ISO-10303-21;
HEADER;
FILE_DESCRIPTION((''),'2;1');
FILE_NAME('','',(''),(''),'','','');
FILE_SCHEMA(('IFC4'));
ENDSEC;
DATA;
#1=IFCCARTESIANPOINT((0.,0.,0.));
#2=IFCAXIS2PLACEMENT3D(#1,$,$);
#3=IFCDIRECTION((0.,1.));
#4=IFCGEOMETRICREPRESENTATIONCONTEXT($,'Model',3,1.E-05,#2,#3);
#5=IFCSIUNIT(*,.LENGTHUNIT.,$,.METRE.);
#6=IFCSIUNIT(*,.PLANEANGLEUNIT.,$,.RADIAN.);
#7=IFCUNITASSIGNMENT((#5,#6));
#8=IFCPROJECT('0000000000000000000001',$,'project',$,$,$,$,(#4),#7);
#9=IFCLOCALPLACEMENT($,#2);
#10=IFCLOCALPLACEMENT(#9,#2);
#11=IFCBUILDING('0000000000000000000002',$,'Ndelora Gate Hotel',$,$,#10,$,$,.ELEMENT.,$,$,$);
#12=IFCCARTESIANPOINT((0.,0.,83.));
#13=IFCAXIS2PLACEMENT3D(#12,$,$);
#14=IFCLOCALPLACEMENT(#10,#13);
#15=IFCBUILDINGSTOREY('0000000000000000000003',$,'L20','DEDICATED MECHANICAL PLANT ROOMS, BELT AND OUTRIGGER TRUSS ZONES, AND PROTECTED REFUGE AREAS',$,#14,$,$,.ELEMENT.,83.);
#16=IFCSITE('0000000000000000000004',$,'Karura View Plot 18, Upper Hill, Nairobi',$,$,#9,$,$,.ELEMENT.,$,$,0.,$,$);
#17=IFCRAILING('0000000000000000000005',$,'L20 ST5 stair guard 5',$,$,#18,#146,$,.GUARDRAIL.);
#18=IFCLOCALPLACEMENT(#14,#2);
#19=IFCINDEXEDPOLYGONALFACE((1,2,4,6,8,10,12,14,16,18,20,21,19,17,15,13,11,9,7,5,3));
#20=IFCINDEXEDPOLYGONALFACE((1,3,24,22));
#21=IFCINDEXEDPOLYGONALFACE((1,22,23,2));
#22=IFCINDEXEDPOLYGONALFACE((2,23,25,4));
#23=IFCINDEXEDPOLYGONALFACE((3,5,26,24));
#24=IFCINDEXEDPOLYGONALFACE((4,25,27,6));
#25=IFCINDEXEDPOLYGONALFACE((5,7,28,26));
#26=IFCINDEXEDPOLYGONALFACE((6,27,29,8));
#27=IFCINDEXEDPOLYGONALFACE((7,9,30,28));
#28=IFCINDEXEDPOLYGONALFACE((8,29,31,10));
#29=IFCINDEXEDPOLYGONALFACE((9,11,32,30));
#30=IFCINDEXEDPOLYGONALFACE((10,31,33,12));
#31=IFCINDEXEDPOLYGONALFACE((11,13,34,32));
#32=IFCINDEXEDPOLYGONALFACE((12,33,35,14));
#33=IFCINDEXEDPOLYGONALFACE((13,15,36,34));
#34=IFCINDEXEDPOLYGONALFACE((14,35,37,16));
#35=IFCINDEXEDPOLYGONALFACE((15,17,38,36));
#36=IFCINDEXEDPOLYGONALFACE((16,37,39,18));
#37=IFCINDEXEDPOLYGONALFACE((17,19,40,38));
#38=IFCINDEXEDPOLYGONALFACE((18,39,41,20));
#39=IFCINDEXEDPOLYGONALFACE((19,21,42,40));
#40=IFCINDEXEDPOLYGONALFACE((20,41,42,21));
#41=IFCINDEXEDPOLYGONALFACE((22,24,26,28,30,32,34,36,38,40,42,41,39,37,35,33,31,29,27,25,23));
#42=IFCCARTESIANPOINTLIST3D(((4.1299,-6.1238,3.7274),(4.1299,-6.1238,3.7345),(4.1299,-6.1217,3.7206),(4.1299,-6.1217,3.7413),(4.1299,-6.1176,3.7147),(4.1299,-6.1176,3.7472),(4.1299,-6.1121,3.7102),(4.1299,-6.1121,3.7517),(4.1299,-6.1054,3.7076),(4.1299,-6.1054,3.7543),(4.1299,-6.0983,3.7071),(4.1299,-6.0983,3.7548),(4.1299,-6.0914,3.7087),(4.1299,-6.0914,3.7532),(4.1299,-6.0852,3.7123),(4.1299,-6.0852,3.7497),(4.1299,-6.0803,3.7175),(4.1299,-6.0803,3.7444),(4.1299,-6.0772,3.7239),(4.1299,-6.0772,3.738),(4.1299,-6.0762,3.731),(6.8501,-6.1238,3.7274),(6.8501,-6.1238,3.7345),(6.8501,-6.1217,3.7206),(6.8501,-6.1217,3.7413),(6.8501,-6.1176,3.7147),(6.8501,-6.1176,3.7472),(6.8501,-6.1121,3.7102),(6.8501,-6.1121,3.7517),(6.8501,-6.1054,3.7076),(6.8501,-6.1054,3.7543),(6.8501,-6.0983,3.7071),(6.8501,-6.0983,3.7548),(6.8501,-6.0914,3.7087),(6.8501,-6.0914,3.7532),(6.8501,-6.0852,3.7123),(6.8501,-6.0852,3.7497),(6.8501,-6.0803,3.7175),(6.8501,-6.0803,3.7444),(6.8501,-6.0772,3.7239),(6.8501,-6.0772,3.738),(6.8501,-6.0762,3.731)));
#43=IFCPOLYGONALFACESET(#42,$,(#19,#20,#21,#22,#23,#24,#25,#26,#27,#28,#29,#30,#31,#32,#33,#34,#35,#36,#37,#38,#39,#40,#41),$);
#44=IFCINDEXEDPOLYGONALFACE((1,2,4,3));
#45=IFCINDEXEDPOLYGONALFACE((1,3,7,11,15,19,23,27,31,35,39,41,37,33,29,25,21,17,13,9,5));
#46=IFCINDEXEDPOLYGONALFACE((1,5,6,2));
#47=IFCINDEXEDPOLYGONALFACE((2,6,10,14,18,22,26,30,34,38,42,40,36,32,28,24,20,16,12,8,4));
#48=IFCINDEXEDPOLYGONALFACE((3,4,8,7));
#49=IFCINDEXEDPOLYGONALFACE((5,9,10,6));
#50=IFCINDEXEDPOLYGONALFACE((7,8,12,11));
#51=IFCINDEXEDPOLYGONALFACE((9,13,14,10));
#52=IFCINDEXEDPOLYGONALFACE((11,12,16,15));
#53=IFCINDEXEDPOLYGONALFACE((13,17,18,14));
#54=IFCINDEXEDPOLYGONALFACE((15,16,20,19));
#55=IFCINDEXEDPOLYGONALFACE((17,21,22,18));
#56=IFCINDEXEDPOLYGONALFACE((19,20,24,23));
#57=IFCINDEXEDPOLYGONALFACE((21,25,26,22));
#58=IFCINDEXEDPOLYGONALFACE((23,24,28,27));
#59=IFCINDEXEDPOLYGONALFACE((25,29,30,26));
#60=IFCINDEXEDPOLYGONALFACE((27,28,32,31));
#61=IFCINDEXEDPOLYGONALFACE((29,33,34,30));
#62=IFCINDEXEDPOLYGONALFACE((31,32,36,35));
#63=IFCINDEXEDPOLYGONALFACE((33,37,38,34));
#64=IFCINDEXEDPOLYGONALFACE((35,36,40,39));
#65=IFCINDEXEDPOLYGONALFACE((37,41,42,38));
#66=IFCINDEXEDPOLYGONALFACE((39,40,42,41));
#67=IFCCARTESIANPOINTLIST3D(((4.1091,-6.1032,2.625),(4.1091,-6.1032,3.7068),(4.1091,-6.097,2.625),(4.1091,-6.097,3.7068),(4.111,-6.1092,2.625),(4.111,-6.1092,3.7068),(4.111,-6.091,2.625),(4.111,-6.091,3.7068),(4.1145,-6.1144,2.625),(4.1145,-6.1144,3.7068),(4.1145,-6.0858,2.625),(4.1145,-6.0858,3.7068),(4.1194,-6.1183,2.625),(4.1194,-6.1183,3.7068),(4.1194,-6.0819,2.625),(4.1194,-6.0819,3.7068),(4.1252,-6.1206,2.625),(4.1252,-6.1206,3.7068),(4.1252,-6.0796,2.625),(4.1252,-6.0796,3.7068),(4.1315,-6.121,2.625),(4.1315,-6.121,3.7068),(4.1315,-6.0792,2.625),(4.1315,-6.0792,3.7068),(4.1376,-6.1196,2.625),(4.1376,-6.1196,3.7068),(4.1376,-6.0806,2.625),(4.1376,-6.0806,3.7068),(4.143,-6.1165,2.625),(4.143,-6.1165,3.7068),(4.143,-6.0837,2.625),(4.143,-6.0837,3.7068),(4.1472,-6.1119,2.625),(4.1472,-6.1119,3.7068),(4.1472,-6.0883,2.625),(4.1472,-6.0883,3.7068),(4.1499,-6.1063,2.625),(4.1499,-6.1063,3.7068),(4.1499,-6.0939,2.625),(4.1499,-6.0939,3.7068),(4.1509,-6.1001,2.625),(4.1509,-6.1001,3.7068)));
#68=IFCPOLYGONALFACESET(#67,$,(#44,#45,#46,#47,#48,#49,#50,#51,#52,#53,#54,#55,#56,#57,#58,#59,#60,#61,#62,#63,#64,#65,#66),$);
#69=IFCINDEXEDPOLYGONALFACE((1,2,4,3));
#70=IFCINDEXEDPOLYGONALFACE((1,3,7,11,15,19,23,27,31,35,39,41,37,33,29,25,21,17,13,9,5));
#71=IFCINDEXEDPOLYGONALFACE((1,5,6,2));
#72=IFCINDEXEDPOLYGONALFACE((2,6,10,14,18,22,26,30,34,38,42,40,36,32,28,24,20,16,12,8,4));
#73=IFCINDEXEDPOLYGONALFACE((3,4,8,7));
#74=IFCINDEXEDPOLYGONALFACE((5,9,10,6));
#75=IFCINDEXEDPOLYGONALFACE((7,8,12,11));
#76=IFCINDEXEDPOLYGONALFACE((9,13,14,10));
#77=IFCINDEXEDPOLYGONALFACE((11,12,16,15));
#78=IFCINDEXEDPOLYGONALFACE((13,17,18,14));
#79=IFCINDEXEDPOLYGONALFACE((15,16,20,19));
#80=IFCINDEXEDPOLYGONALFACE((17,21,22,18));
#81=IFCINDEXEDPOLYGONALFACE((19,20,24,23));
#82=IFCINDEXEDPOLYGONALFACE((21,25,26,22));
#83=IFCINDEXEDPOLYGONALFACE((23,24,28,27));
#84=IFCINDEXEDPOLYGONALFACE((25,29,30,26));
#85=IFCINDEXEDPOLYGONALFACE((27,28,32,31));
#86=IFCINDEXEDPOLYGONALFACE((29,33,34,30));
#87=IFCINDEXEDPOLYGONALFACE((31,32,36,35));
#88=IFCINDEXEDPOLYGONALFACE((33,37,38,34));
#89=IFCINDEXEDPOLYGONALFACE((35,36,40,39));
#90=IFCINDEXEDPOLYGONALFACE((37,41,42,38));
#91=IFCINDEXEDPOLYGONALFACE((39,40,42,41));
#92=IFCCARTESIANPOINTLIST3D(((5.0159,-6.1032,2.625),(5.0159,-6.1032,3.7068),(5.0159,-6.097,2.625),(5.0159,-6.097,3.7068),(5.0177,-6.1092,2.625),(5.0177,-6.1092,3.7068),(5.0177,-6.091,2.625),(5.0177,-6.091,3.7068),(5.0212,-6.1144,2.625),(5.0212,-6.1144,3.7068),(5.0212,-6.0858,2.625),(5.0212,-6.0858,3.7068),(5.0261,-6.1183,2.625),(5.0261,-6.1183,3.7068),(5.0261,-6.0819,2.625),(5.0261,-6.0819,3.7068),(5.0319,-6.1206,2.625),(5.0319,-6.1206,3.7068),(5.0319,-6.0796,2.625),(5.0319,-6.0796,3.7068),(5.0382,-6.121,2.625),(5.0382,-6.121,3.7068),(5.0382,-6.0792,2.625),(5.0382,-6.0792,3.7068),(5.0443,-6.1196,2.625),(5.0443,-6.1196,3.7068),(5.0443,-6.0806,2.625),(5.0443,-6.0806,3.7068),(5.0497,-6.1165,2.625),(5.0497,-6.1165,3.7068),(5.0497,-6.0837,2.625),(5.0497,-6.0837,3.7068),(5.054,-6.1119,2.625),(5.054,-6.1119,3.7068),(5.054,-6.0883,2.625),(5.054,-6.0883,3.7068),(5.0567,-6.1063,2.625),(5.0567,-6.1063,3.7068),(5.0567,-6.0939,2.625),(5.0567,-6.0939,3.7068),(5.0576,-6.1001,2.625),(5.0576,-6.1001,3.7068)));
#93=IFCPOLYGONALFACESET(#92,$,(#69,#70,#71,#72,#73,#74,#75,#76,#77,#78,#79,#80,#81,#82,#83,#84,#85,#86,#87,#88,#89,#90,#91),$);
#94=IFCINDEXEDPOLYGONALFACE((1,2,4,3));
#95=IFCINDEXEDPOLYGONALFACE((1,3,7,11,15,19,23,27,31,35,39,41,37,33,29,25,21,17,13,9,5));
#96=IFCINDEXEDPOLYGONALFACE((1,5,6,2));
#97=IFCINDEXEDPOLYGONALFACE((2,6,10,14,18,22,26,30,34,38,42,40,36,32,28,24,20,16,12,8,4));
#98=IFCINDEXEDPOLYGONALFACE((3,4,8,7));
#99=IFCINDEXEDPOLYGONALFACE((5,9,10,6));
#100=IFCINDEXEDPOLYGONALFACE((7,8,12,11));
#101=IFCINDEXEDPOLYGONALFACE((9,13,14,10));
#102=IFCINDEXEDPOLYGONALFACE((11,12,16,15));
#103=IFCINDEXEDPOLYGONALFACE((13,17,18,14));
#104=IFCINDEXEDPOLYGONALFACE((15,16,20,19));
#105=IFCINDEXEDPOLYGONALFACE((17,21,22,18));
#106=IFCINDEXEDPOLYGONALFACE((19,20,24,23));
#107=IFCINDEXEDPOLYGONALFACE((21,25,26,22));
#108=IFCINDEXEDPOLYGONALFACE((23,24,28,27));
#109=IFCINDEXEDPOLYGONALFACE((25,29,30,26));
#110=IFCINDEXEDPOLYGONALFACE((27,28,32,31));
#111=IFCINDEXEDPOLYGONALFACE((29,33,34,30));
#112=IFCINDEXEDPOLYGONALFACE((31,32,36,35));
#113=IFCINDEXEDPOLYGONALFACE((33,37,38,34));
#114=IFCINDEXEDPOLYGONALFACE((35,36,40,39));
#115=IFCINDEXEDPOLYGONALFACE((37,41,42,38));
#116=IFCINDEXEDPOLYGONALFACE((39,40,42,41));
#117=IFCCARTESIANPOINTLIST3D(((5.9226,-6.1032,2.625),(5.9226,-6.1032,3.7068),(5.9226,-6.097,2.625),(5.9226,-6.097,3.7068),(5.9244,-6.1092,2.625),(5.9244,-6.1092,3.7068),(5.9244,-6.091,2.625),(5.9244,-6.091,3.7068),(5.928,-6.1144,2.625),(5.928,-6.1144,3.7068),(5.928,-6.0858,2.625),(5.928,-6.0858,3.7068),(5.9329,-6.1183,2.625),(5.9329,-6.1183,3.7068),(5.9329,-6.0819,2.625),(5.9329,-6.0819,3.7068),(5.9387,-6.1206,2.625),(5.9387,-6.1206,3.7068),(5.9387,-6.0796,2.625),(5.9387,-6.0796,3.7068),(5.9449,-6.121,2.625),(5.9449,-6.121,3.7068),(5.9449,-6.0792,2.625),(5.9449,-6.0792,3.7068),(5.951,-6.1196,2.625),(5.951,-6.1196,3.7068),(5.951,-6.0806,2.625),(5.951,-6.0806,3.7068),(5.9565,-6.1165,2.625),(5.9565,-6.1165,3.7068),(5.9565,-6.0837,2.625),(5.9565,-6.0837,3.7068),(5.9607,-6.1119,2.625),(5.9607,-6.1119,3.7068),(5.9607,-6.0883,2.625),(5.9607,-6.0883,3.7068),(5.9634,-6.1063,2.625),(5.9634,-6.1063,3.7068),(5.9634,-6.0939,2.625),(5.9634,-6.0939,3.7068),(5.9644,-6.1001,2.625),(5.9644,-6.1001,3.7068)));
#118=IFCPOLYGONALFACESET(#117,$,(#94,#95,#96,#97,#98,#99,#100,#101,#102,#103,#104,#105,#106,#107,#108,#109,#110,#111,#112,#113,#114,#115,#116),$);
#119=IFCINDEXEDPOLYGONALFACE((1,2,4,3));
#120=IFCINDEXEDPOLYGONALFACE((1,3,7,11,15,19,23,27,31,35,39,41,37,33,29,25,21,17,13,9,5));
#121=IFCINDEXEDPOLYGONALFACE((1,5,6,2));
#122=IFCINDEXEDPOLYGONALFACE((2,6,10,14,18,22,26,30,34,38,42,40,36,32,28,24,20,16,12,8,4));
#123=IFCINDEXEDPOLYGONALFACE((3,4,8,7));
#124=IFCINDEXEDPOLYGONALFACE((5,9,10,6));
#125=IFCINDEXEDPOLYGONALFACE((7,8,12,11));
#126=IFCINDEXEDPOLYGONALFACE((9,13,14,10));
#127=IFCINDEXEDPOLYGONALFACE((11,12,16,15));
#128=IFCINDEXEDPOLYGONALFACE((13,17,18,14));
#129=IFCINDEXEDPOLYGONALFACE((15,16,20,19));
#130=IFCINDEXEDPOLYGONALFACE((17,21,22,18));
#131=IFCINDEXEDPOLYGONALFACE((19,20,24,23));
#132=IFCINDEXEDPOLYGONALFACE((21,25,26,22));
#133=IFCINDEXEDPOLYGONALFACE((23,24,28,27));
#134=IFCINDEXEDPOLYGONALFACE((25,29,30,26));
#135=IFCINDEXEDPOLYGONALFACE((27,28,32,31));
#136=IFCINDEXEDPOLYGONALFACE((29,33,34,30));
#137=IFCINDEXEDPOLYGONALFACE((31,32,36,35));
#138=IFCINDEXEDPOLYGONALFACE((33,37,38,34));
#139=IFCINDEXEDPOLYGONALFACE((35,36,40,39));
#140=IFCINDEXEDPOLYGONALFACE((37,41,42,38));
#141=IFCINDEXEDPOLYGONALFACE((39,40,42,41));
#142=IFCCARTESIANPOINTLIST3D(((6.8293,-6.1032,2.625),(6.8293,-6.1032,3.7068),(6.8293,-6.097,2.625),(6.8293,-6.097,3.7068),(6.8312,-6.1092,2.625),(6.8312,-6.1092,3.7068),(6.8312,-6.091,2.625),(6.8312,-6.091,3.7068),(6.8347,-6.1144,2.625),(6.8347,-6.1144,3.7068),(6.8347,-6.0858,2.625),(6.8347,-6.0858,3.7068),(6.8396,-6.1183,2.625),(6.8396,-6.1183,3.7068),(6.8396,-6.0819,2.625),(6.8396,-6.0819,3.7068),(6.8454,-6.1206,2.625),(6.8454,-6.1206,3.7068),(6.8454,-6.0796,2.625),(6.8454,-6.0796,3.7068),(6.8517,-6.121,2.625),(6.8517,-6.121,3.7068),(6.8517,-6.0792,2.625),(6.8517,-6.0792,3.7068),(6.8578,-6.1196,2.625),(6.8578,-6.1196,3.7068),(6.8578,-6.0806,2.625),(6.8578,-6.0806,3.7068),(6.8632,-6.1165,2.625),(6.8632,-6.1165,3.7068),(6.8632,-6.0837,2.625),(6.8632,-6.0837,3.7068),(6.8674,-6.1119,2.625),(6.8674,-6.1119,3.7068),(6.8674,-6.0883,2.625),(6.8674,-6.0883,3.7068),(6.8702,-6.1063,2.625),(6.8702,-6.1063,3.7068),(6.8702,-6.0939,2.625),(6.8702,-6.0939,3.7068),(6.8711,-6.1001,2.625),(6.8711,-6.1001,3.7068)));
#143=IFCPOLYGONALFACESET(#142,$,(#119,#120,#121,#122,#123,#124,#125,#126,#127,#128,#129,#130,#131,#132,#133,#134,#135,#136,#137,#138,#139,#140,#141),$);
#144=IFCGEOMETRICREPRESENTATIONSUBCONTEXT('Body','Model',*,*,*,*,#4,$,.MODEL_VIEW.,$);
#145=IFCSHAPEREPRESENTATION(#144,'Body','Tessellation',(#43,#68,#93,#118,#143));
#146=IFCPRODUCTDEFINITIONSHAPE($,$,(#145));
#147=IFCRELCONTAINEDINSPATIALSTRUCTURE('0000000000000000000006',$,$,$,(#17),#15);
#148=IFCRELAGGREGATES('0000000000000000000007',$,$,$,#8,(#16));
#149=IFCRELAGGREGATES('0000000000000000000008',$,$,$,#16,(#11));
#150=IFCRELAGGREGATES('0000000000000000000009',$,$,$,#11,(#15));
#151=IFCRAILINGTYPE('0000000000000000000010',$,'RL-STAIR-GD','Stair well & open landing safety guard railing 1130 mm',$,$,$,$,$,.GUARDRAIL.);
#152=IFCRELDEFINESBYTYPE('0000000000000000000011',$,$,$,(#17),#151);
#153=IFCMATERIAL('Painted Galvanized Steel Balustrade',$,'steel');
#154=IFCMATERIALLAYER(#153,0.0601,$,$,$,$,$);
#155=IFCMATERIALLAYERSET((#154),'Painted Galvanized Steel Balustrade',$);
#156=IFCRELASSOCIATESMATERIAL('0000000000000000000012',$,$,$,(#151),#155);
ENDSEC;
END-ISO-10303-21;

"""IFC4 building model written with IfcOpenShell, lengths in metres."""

from ifc_helpers import new_model, si_unit, direction, frame, origin, origin_2d, place, context, subcontext, project, spatial, circle, extrude, material, layer, layer_set, type_object, element, save


model = new_model("IFC4")

# Units and contexts
model_context = context("Model", 3, precision=1e-05, world=origin(), true_north=direction((0.0, 1.0)))
body_context = subcontext(model_context, "Body", "Model", "MODEL_VIEW")
ifc_project = project(units=[si_unit("LENGTHUNIT", "METRE"), si_unit("PLANEANGLEUNIT", "RADIAN")], contexts=[model_context])

# Site, building, storey
site_placement = place(None, origin())
site = spatial("IfcSite", under=ifc_project, at=site_placement, Name="Karura View Plot 18, Upper Hill, Nairobi", CompositionType="ELEMENT", RefElevation=0.0)
building_placement = place(site_placement, origin())
building = spatial("IfcBuilding", under=site, at=building_placement, Name="Ndelora Gate Hotel", CompositionType="ELEMENT")
storey_placement = place(building_placement, frame((0.0, 0.0, 83.0)))
storey = spatial("IfcBuildingStorey", under=building, at=storey_placement, Name="L20", Description="DEDICATED MECHANICAL PLANT ROOMS, BELT AND OUTRIGGER TRUSS ZONES, AND PROTECTED REFUGE AREAS", CompositionType="ELEMENT", Elevation=83.0)

# Railing
ifc_material_1 = material(Name="Painted Galvanized Steel Balustrade", Category="steel")
ifc_layer_1 = layer(ifc_material_1, 0.0601)
ifc_layer_set_1 = layer_set([ifc_layer_1], Name="Painted Galvanized Steel Balustrade")
railing_type_1 = type_object("IfcRailingType", Name="RL-STAIR-GD", Description="Stair well & open landing safety guard railing 1130 mm", PredefinedType="GUARDRAIL", material=ifc_layer_set_1)
railing_1_placement = place(storey_placement, frame((4.1299, -6.1001, 2.625)))
element("IfcRailing", 1, at=railing_1_placement, inside=storey, type_object=railing_type_1, Name="L20 ST5 stair guard 5", PredefinedType="GUARDRAIL", context=body_context, shape_type="SweptSolid", body=[
    extrude(circle(Radius=0.0239, at=origin_2d()), frame((0.0, 0.0, 1.106), z_axis=(1.0, 0.0, 0.0), x_axis=(0.0, 1.0, 0.0)), (0.0, 0.0, 1.0), 2.7202),
    extrude(circle(Radius=0.021, at=origin_2d()), origin(), (0.0, 0.0, 1.0), 1.0818),
    extrude(circle(Radius=0.021, at=origin_2d()), frame((0.9067, 0.0, 0.0)), (0.0, 0.0, 1.0), 1.0818),
    extrude(circle(Radius=0.021, at=origin_2d()), frame((1.8135, 0.0, 0.0)), (0.0, 0.0, 1.0), 1.0818),
    extrude(circle(Radius=0.021, at=origin_2d()), frame((2.7202, 0.0, 0.0)), (0.0, 0.0, 1.0), 1.0818),
])

save(model, "model.ifc")
